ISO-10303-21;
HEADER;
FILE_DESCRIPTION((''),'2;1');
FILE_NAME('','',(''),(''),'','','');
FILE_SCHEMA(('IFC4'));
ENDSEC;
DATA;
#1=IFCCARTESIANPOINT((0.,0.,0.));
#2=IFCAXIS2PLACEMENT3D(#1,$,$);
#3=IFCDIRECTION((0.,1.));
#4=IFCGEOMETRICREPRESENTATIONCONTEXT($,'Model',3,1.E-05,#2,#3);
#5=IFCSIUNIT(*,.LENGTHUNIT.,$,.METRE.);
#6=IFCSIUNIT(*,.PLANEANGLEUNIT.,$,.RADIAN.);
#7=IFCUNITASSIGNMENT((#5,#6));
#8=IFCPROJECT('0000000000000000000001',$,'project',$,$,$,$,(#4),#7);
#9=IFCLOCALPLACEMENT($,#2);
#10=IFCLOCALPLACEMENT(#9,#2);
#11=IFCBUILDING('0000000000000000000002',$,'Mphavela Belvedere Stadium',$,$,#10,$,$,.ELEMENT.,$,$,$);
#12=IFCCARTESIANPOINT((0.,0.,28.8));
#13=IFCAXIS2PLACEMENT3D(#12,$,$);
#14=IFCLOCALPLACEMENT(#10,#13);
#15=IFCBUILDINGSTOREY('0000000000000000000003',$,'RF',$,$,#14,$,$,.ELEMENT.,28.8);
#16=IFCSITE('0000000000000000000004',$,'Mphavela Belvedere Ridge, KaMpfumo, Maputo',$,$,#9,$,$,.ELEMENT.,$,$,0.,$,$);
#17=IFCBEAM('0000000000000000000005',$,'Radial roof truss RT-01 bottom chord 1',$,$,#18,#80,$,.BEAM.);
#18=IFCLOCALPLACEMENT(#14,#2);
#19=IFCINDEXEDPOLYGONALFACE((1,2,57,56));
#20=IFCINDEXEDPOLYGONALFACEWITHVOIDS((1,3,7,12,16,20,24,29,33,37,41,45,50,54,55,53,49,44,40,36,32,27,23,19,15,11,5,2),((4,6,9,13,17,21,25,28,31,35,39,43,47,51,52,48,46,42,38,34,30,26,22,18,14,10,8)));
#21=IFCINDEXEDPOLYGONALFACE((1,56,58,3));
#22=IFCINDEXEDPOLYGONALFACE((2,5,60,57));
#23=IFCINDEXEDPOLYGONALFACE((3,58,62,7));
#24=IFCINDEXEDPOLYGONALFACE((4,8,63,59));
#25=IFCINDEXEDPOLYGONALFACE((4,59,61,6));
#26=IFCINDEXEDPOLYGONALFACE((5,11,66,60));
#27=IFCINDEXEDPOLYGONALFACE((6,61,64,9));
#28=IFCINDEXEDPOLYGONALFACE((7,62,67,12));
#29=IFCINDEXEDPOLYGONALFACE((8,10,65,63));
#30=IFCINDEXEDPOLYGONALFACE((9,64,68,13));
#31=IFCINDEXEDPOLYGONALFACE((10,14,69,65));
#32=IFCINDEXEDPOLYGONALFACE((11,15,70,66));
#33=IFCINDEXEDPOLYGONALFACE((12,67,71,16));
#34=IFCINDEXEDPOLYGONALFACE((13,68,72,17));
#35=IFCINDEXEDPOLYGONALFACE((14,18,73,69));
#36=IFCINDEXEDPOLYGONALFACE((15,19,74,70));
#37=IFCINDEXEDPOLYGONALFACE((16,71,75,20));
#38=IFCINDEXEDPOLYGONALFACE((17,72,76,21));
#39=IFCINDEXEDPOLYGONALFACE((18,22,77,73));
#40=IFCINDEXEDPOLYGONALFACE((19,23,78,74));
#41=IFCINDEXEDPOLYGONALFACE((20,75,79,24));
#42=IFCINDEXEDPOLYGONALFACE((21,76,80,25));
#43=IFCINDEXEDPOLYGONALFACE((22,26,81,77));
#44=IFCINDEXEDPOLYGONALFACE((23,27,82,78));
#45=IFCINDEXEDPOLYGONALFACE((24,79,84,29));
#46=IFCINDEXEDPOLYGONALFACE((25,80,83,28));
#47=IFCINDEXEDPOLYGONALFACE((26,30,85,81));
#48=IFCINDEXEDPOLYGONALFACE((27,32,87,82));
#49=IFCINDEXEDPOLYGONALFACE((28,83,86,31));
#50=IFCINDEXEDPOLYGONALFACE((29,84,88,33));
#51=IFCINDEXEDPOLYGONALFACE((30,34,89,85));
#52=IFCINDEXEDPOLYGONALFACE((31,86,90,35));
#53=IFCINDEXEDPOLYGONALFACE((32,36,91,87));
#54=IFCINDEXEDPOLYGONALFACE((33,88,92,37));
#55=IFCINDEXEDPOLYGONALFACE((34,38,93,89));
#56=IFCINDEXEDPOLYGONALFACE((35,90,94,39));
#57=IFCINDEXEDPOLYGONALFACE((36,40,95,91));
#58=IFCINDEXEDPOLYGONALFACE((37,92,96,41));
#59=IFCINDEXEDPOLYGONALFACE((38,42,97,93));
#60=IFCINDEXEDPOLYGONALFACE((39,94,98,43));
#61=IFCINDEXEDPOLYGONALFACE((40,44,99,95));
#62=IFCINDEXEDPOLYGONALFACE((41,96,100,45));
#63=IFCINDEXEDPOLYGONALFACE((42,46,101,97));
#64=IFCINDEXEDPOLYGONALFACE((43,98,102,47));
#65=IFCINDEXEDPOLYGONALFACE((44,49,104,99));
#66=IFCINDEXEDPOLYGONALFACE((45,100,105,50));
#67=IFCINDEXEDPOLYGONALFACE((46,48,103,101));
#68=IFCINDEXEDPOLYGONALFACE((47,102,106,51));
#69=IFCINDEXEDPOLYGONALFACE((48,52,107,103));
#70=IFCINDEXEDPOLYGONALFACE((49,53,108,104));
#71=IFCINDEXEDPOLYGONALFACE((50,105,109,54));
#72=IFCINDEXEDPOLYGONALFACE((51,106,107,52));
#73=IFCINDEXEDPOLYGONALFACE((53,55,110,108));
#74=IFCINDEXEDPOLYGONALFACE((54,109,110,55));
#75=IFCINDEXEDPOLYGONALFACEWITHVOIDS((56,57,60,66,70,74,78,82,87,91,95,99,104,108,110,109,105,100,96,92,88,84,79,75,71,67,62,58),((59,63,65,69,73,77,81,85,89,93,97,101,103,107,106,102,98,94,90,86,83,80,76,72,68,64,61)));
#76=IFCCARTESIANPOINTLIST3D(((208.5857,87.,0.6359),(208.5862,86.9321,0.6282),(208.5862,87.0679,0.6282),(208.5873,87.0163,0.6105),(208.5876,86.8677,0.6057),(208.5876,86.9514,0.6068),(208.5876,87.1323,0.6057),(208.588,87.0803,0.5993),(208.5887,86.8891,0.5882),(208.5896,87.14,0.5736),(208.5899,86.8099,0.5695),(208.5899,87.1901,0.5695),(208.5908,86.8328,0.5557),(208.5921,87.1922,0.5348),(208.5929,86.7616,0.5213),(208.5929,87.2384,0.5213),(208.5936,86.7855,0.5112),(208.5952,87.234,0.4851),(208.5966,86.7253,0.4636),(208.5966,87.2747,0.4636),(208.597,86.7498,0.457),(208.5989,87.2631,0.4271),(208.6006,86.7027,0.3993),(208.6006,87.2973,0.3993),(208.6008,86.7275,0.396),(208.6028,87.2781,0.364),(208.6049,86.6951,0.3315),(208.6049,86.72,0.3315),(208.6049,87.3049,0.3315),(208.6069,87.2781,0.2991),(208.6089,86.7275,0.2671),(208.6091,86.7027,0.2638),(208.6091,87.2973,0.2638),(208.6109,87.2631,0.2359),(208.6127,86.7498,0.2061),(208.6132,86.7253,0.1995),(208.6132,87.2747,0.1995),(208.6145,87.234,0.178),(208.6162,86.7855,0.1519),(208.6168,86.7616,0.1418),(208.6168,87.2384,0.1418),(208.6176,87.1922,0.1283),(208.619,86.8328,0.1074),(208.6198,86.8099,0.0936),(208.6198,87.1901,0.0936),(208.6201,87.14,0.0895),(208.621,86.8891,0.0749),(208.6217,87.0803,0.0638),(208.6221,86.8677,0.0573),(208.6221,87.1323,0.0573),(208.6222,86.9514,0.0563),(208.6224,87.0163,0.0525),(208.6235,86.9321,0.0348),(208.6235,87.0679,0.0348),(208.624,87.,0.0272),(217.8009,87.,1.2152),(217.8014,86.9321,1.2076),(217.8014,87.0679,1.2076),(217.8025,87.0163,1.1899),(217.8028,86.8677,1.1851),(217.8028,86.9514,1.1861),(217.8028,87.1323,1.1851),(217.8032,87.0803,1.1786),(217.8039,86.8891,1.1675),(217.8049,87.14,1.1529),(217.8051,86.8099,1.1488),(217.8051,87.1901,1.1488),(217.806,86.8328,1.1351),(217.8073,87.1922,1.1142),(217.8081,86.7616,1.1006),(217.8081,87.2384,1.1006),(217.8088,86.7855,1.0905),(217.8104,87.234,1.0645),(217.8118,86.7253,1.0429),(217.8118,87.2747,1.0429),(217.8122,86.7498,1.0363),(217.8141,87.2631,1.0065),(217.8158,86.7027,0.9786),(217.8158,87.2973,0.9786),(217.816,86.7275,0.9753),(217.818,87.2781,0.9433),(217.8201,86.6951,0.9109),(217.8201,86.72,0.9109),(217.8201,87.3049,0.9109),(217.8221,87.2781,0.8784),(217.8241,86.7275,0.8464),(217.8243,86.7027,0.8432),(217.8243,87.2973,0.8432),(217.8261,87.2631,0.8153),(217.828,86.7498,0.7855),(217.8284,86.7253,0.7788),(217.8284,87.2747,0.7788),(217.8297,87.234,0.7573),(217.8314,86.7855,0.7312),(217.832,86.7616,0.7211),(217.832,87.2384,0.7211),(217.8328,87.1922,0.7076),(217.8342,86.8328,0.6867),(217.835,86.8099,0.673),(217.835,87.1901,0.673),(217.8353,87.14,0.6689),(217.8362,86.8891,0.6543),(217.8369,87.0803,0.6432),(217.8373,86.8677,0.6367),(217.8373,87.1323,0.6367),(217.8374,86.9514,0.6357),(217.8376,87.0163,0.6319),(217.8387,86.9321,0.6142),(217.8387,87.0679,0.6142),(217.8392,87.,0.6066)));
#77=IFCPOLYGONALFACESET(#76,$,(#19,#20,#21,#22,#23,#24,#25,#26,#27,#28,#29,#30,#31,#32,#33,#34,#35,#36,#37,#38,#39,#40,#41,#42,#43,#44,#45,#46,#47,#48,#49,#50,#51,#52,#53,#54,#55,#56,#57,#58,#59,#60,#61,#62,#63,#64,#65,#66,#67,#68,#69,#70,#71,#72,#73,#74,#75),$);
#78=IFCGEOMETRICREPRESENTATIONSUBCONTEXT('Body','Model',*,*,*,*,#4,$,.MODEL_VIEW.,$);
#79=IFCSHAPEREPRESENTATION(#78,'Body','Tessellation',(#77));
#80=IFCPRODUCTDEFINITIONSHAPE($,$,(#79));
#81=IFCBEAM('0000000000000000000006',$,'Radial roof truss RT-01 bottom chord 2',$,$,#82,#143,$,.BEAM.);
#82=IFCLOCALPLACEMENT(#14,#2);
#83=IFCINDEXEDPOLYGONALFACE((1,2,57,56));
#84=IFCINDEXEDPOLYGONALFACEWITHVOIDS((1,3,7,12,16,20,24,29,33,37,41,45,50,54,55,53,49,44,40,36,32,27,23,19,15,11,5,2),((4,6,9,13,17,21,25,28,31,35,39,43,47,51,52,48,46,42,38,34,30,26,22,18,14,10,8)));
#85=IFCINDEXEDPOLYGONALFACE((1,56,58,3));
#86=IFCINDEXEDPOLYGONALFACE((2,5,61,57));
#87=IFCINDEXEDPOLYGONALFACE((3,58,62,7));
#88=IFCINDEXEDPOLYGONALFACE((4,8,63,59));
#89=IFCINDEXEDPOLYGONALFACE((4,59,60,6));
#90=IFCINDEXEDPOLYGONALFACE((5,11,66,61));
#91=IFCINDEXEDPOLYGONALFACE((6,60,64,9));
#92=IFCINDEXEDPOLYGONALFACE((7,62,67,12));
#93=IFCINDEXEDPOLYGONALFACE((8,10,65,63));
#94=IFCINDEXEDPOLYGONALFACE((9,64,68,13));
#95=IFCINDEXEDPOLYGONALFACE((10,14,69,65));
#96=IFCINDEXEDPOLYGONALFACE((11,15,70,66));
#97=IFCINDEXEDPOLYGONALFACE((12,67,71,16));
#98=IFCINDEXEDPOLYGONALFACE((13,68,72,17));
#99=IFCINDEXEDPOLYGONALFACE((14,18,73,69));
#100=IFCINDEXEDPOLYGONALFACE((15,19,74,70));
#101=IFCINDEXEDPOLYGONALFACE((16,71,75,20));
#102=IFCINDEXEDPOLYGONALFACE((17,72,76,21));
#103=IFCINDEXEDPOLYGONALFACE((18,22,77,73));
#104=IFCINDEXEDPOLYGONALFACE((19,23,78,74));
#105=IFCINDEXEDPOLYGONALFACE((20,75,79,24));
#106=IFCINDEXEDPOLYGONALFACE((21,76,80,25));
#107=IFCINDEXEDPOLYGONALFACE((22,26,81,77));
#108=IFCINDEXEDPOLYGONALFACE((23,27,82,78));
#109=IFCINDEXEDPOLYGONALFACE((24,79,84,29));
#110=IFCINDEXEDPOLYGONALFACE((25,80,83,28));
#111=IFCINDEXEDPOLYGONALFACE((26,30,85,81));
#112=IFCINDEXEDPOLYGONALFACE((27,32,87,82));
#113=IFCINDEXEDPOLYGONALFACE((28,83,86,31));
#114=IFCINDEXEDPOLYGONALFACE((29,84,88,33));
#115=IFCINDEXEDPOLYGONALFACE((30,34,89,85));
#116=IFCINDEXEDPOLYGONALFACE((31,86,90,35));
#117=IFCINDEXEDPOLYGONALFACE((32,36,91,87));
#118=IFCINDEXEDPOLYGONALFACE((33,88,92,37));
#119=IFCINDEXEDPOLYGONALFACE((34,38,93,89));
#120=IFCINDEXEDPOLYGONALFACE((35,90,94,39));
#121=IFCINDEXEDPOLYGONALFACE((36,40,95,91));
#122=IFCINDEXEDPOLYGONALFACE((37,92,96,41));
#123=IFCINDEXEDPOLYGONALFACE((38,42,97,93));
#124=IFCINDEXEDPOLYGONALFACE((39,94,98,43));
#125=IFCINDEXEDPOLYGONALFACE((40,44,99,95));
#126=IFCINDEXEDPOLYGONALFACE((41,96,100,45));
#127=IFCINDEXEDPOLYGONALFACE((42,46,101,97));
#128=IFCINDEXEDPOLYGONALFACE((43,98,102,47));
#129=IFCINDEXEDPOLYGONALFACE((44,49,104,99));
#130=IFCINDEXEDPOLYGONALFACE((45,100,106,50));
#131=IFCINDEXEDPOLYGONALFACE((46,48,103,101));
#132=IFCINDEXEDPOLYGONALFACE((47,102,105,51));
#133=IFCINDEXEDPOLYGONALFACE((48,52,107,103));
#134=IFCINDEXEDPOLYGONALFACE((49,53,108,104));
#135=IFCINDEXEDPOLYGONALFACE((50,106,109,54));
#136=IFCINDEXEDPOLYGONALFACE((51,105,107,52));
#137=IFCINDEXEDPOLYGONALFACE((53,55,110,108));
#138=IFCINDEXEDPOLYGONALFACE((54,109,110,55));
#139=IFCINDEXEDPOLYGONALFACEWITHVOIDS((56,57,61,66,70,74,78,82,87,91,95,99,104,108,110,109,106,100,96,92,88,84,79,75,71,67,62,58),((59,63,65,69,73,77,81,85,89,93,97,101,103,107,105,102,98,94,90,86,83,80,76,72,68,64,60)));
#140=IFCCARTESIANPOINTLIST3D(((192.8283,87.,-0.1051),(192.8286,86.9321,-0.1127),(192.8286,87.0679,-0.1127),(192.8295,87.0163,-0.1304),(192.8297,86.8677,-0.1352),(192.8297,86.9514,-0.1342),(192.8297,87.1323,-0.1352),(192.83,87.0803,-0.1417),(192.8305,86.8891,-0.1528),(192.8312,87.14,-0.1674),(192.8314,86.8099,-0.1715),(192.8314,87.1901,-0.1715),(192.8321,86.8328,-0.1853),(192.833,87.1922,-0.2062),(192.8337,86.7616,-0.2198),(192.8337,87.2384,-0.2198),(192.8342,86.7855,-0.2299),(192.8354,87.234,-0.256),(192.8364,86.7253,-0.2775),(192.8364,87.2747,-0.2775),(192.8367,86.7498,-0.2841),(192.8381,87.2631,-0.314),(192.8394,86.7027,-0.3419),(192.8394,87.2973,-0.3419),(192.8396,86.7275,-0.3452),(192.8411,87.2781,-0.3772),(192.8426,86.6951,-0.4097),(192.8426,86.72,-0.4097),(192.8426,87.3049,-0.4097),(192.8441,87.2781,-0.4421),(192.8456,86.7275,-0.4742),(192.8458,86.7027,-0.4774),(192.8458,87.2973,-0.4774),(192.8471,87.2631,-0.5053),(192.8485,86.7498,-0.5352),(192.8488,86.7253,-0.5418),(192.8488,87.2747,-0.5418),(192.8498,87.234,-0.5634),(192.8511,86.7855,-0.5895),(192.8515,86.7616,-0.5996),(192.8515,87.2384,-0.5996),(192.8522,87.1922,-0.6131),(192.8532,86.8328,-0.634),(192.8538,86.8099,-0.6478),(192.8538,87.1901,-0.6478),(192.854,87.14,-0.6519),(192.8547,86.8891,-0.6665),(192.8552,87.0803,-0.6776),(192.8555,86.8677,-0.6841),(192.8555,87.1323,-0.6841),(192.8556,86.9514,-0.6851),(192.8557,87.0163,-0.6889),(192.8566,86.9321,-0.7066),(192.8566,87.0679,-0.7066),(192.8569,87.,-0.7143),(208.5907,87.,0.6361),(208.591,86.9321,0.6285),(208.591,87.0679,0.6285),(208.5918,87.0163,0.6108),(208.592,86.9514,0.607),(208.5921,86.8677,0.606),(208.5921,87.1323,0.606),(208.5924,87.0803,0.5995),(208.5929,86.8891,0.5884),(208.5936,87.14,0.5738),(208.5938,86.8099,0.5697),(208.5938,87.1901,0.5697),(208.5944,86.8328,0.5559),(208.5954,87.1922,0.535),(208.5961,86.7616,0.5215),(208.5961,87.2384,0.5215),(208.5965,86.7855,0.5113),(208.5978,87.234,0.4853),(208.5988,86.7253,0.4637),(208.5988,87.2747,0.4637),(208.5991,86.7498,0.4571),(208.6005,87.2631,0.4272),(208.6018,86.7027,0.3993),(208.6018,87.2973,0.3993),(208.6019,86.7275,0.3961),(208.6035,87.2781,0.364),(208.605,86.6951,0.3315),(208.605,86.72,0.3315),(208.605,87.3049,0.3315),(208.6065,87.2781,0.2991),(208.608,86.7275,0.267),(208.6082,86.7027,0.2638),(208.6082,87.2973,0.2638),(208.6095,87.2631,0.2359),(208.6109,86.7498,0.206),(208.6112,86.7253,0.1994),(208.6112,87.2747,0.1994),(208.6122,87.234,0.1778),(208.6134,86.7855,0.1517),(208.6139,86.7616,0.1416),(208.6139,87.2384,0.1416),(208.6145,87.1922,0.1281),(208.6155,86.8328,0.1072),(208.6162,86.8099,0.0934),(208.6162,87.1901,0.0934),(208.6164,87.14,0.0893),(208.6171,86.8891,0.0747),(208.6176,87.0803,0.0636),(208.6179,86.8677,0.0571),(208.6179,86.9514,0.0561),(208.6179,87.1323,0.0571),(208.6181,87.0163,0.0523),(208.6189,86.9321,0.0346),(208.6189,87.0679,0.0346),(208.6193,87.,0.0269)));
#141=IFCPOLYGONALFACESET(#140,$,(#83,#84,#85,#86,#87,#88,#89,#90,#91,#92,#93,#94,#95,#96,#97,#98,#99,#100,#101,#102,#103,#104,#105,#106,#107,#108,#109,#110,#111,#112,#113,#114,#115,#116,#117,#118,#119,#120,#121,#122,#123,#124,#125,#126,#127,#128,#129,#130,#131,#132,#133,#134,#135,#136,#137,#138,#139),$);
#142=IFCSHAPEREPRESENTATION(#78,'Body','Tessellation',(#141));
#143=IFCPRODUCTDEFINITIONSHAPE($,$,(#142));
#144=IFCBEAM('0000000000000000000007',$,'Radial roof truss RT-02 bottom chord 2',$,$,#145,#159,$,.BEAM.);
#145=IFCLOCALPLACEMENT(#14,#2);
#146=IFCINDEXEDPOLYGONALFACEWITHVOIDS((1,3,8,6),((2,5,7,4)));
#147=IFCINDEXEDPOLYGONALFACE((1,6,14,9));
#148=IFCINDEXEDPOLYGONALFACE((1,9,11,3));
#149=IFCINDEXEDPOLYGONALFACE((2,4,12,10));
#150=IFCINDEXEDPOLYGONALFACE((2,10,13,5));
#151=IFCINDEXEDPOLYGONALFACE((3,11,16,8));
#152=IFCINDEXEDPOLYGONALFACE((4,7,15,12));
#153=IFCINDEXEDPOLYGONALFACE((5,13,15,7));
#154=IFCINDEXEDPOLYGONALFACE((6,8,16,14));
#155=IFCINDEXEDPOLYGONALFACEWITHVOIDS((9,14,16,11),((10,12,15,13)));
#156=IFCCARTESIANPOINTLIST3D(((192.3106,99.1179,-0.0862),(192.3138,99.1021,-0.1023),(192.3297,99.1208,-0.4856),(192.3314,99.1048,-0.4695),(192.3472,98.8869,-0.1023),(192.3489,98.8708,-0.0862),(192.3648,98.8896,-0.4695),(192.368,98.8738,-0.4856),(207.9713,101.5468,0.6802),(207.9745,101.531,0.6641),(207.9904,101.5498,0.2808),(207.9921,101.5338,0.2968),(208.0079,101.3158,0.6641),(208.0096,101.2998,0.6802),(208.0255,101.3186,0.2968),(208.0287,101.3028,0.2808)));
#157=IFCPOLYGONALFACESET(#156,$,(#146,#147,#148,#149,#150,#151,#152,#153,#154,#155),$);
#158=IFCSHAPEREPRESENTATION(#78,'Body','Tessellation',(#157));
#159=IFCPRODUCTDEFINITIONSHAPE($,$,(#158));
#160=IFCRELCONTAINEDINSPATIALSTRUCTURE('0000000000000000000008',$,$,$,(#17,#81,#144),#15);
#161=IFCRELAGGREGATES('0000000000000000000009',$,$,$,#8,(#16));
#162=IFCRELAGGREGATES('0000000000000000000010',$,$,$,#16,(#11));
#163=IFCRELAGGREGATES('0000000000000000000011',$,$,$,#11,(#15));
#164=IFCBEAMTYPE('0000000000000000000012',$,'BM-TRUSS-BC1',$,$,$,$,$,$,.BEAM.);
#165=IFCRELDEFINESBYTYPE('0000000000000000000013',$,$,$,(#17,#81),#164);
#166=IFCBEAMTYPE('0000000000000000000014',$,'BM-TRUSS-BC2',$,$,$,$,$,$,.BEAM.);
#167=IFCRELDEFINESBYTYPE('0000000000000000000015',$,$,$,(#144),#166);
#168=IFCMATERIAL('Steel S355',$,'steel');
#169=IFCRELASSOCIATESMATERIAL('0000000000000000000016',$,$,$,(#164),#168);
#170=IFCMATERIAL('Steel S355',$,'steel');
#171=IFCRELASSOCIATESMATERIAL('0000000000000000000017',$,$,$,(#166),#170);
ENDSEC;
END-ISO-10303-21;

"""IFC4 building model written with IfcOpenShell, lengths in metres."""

from ifc_helpers import new_model, si_unit, direction, frame, origin, origin_2d, place, context, subcontext, project, spatial, hollow_rectangle, hollow_circle, extrude, material, material_profile, profile_set, type_object, element, save


model = new_model("IFC4")

# Units and contexts
model_context = context("Model", 3, precision=1e-05, world=origin(), true_north=direction((0.0, 1.0)))
body_context = subcontext(model_context, "Body", "Model", "MODEL_VIEW")
ifc_project = project(units=[si_unit("LENGTHUNIT", "METRE"), si_unit("PLANEANGLEUNIT", "RADIAN")], contexts=[model_context])

# Site, building, storey
site_placement = place(None, origin())
site = spatial("IfcSite", under=ifc_project, at=site_placement, Name="Mphavela Belvedere Ridge, KaMpfumo, Maputo", CompositionType="ELEMENT", RefElevation=0.0)
building_placement = place(site_placement, origin())
building = spatial("IfcBuilding", under=site, at=building_placement, Name="Mphavela Belvedere Stadium", CompositionType="ELEMENT")
storey_placement = place(building_placement, frame((0.0, 0.0, 28.8)))
storey = spatial("IfcBuildingStorey", under=building, at=storey_placement, Name="RF", CompositionType="ELEMENT", Elevation=28.8)

# Beams
ifc_material_1 = material(Name="Steel S355", Category="steel")
ifc_material_profile_1 = material_profile(ifc_material_1, hollow_circle(Radius=0.3049, WallThickness=0.0249, at=origin_2d()), Name="CHS 610x25")
ifc_profile_set_1 = profile_set([ifc_material_profile_1], Name="Steel S355")
beam_type_1 = type_object("IfcBeamType", Name="BM-TRUSS-BC1", PredefinedType="BEAM", material=ifc_profile_set_1)
beam_1_placement = place(storey_placement, frame((217.8201, 87.0, 0.9109), z_axis=(-0.99803, 0.0, -0.062745), x_axis=(0.0, -1.0, 0.0)))
element("IfcBeam", 1, at=beam_1_placement, inside=storey, type_object=beam_type_1, Name="Radial roof truss RT-01 bottom chord 1", PredefinedType="BEAM", context=body_context, shape_type="SweptSolid", body=[
    extrude(hollow_circle(Radius=0.3049, WallThickness=0.0249, at=origin_2d()), origin(), (0.0, 0.0, 1.0), 9.2334),
])
beam_2_placement = place(storey_placement, frame((208.605, 87.0, 0.3315), z_axis=(-0.998896, 0.0, -0.046972), x_axis=(0.0, -1.0, 0.0)))
element("IfcBeam", 2, at=beam_2_placement, inside=storey, type_object=beam_type_1, Name="Radial roof truss RT-01 bottom chord 2", PredefinedType="BEAM", context=body_context, shape_type="SweptSolid", body=[
    extrude(hollow_circle(Radius=0.3049, WallThickness=0.0249, at=origin_2d()), origin(), (0.0, 0.0, 1.0), 15.7798),
])
ifc_material_2 = material(Name="Steel S355", Category="steel")
ifc_material_profile_2 = material_profile(ifc_material_2, hollow_rectangle(XDim=0.25, YDim=0.3999, WallThickness=0.0161, at=origin_2d()), Name="RHS 400x250x16")
ifc_profile_set_2 = profile_set([ifc_material_profile_2], Name="Steel S355")
beam_type_2 = type_object("IfcBeamType", Name="BM-TRUSS-BC2", PredefinedType="BEAM", material=ifc_profile_set_2)
beam_3_placement = place(storey_placement, frame((208.0, 101.4248, 0.4805), z_axis=(-0.987031, -0.153088, -0.048301), x_axis=(0.153267, -0.988185, 0.0)))
element("IfcBeam", 3, at=beam_3_placement, inside=storey, type_object=beam_type_2, Name="Radial roof truss RT-02 bottom chord 2", PredefinedType="BEAM", context=body_context, shape_type="SweptSolid", body=[
    extrude(hollow_rectangle(XDim=0.25, YDim=0.3999, WallThickness=0.0161, at=origin_2d()), origin(), (0.0, 0.0, 1.0), 15.8665),
])

save(model, "model.ifc")
